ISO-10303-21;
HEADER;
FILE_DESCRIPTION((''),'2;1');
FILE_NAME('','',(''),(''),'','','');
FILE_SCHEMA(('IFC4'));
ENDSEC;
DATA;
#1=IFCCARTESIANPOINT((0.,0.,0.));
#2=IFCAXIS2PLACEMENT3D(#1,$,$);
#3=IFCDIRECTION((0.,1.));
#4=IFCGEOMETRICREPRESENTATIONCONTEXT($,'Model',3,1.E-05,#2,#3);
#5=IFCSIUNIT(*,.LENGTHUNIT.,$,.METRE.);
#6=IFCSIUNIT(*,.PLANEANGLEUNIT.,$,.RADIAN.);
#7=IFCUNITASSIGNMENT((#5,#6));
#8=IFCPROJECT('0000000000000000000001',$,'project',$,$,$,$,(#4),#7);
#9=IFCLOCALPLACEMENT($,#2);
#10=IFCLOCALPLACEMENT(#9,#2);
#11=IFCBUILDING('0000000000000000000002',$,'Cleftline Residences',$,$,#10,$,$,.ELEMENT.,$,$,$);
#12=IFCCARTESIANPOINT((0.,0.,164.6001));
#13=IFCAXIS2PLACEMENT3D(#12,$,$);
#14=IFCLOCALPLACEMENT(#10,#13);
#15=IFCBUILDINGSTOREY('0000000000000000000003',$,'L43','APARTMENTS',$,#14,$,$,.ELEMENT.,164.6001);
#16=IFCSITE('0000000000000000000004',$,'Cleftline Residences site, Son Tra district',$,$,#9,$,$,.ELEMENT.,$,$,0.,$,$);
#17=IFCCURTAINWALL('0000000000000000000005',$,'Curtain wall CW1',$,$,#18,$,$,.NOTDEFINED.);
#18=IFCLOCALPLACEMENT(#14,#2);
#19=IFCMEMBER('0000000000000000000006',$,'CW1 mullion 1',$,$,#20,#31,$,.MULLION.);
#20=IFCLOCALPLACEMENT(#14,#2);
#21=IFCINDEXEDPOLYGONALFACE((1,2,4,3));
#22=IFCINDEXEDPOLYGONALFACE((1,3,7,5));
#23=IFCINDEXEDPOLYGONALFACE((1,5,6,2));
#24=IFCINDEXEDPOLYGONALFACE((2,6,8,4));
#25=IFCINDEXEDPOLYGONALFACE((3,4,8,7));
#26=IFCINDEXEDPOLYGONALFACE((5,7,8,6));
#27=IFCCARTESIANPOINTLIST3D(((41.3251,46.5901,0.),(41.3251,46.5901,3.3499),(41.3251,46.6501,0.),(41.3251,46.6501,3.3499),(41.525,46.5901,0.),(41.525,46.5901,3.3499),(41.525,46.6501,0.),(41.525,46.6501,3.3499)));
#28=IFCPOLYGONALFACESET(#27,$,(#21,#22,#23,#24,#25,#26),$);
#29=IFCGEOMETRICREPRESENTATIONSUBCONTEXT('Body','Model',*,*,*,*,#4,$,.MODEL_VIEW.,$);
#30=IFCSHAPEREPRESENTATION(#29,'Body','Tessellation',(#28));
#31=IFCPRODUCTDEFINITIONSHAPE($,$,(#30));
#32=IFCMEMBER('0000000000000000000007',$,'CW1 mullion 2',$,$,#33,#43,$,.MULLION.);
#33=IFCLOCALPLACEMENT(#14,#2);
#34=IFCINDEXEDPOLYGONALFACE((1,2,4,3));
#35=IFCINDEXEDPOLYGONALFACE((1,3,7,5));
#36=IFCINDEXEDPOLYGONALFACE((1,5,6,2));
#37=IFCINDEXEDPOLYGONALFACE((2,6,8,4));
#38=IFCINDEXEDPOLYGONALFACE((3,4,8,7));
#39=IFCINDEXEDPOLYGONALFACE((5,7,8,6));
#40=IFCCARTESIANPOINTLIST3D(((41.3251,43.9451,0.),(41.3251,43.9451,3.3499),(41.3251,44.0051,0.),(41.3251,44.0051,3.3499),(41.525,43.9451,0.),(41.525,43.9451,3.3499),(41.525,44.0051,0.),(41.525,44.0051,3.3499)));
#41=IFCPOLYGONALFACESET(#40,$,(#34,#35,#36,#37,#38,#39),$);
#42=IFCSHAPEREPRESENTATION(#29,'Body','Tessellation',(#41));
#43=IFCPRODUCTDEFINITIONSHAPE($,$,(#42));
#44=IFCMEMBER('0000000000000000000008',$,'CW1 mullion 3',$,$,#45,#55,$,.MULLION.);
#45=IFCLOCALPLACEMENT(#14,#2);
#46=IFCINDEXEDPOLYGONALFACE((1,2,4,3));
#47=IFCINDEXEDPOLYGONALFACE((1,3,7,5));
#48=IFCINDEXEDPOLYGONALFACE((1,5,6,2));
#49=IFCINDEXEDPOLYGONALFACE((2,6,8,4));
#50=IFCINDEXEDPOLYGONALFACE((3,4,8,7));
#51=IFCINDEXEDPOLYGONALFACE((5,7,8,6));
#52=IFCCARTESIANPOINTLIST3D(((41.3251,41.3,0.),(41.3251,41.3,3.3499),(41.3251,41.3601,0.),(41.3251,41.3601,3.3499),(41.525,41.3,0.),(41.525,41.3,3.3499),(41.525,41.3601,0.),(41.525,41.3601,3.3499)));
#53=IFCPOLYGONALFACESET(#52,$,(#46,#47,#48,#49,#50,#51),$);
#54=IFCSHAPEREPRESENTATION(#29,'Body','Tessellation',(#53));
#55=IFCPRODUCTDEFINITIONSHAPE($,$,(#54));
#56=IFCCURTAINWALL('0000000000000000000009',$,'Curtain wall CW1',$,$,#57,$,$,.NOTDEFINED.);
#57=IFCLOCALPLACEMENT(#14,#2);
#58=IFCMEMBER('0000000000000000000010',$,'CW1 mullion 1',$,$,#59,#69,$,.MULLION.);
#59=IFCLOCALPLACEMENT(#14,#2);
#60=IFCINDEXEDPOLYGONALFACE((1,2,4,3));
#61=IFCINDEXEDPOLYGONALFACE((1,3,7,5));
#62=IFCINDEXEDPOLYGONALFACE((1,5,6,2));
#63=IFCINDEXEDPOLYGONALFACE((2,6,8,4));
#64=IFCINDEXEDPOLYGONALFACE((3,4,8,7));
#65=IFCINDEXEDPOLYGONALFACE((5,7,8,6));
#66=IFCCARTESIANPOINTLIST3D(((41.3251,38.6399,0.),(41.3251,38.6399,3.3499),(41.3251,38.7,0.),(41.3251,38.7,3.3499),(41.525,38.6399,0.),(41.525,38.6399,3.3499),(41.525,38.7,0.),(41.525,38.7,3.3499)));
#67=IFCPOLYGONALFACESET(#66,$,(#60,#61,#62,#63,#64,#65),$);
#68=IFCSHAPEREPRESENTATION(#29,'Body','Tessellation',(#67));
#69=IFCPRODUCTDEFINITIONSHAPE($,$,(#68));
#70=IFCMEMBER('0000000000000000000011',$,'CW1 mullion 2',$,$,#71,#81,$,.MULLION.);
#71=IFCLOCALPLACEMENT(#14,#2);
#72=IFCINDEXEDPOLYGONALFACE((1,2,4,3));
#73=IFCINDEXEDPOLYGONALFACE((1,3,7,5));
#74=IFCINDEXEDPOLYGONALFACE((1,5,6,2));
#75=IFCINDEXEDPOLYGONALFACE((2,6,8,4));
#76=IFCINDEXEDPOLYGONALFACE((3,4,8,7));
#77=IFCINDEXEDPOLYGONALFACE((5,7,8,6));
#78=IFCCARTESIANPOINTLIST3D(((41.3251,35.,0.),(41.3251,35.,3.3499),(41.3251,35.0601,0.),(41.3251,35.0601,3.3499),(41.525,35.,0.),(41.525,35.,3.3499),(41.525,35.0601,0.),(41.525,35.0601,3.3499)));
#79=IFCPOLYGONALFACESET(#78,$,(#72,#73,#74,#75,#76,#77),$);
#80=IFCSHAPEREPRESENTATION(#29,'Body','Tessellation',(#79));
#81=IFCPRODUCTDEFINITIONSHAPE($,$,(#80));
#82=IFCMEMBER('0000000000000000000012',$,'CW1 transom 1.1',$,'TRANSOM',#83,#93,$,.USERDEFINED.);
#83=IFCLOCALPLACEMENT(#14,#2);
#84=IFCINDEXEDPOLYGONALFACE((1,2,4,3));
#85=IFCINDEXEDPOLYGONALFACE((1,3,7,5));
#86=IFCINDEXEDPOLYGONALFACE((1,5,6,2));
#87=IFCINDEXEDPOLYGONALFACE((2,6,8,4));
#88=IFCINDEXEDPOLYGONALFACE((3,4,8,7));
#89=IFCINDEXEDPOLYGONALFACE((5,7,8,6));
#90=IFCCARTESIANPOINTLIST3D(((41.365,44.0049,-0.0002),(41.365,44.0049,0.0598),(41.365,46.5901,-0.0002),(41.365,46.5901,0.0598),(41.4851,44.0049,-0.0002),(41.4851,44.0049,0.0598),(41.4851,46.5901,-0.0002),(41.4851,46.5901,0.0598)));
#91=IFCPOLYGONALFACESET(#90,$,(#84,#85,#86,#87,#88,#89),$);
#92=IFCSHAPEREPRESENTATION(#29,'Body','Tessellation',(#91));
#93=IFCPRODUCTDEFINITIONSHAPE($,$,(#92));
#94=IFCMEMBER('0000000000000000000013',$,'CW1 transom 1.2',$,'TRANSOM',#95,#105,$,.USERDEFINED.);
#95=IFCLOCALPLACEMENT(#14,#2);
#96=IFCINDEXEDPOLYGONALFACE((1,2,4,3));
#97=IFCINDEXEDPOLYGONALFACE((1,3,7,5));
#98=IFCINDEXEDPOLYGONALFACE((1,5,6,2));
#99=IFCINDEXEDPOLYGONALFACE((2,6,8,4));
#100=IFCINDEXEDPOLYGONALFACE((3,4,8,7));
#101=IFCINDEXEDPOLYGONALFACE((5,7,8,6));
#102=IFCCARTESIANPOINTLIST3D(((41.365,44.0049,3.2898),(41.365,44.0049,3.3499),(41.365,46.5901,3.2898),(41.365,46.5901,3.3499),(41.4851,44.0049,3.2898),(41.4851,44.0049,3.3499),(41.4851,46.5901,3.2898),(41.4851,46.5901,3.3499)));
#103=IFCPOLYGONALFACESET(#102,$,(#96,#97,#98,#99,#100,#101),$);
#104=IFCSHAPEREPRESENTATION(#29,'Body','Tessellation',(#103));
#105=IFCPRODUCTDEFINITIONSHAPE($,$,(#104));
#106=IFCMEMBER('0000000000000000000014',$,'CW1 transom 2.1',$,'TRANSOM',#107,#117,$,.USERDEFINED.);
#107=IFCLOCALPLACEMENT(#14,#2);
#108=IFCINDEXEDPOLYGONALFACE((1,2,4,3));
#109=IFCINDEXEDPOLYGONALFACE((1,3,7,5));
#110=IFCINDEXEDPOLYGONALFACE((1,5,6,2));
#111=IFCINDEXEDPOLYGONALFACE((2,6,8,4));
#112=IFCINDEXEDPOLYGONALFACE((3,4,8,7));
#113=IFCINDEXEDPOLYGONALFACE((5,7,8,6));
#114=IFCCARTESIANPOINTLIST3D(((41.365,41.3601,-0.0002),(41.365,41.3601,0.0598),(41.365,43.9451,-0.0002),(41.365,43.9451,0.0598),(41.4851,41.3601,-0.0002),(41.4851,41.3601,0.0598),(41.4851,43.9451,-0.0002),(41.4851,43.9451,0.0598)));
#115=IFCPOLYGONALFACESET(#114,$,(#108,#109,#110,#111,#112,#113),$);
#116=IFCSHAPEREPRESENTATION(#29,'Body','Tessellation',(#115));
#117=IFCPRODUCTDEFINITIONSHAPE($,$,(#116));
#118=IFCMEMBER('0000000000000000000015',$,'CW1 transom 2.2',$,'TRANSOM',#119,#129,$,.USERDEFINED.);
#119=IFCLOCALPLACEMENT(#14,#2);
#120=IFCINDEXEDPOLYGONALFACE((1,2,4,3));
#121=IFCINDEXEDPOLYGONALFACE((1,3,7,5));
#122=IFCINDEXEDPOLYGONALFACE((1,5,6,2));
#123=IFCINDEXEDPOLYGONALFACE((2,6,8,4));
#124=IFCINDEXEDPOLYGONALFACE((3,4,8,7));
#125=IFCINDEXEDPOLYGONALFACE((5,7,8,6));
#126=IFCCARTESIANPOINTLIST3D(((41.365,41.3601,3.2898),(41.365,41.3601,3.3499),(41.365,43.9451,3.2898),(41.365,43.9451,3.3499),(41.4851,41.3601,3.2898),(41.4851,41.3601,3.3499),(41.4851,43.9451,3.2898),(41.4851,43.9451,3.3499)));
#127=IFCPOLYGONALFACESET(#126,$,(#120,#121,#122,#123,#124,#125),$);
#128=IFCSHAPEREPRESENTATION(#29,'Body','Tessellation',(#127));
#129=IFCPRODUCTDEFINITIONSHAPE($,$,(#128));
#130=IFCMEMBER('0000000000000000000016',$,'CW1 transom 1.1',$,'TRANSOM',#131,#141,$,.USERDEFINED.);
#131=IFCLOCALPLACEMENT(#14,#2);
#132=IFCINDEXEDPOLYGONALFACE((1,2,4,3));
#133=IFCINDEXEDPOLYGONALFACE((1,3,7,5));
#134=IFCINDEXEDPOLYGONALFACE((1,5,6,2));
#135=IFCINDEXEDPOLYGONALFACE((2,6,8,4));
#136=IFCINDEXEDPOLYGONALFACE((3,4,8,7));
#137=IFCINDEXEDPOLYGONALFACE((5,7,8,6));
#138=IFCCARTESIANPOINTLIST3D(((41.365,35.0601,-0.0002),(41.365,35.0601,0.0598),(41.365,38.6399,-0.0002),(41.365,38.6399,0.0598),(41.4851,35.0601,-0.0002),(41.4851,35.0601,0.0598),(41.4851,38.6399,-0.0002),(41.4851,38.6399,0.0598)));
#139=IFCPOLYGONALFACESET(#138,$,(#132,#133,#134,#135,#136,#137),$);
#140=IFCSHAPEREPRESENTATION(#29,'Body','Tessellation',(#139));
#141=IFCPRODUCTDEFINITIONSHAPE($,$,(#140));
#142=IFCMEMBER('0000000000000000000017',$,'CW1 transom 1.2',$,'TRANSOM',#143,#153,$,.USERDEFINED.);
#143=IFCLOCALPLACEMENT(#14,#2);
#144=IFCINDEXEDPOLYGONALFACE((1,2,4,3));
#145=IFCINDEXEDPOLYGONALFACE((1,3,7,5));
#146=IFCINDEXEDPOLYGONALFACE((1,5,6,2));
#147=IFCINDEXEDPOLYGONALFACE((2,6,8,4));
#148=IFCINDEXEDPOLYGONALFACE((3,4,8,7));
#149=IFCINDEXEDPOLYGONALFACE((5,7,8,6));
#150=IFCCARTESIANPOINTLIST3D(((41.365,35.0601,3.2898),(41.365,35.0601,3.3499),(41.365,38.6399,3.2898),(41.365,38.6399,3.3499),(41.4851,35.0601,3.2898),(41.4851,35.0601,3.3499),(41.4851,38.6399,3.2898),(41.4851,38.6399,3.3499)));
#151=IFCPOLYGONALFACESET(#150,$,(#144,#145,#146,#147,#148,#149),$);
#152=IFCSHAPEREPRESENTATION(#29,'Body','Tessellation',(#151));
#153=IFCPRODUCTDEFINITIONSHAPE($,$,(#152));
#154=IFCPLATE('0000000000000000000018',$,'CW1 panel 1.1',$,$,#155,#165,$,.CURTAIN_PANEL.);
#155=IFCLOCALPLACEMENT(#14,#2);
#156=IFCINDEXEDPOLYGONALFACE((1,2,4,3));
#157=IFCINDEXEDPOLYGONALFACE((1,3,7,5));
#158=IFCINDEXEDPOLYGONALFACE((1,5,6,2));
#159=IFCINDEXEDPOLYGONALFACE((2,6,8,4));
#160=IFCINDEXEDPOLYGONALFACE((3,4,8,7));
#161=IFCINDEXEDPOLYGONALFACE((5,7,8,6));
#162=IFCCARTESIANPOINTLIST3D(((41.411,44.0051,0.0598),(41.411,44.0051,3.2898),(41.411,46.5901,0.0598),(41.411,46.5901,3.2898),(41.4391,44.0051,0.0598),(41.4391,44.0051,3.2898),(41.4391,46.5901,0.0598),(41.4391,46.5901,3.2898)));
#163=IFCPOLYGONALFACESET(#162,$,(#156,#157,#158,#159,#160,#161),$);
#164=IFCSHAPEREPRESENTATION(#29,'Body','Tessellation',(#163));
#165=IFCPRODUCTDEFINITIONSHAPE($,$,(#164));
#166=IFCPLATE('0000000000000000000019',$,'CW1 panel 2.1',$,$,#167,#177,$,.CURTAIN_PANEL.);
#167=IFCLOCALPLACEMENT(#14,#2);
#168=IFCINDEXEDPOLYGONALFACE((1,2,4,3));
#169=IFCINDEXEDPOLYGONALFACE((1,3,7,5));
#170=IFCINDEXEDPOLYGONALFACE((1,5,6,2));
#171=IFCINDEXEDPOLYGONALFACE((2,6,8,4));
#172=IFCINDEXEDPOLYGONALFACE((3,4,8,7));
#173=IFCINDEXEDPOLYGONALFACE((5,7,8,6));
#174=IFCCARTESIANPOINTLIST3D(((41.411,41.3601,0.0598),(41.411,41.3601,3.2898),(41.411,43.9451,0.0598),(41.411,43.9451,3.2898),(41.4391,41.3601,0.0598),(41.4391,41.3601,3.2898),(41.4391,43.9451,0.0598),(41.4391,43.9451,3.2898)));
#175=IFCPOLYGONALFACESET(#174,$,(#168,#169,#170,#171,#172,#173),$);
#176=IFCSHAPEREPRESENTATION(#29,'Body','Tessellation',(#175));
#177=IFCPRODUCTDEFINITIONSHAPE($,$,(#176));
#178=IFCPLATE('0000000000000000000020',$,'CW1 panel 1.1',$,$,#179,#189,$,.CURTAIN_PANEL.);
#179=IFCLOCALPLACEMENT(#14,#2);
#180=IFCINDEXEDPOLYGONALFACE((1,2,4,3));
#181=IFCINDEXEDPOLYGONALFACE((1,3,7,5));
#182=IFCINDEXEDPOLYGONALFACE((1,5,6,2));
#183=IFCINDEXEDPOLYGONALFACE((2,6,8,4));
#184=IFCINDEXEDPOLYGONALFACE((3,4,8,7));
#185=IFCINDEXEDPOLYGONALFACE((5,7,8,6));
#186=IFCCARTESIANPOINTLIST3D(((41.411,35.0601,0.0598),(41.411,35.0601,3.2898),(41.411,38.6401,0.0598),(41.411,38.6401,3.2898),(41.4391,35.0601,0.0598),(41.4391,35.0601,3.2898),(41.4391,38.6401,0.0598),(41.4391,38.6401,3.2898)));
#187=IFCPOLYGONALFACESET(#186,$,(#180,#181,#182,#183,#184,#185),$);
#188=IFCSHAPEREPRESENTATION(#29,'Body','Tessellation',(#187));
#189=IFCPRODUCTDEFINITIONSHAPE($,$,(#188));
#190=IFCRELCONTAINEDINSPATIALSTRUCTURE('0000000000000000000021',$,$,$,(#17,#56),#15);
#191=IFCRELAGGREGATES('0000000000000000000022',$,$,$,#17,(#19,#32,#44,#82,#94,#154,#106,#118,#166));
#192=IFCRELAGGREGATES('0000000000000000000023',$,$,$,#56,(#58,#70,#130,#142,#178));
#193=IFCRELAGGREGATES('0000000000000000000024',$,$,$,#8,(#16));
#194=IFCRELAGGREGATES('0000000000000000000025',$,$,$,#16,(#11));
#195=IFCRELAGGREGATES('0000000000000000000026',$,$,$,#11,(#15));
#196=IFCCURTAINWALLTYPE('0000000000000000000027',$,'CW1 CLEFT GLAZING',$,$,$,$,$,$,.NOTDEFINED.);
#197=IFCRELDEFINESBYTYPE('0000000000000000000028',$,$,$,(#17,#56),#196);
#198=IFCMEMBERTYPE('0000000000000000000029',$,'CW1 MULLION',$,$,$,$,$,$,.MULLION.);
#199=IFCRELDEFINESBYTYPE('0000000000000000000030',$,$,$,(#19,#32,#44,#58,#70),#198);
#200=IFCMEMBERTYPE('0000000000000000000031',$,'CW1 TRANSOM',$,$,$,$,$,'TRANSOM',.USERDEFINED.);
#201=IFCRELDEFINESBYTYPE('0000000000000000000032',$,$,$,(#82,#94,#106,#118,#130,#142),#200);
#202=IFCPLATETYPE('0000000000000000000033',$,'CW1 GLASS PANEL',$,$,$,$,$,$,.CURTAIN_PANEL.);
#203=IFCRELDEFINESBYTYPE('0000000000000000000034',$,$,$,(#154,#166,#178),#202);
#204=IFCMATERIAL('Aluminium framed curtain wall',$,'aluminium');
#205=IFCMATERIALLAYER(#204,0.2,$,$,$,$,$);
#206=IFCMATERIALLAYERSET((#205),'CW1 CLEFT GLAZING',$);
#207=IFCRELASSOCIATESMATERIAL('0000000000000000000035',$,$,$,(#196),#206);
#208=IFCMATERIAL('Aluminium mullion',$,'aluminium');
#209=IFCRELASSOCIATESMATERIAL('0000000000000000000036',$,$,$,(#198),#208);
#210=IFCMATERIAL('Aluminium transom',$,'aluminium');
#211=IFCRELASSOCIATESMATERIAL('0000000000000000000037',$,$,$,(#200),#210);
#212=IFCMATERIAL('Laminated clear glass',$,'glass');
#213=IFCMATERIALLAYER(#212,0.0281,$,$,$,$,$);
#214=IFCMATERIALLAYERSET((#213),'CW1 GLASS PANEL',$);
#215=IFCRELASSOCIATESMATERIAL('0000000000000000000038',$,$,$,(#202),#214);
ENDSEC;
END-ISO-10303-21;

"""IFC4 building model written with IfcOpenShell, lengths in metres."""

from ifc_helpers import new_model, si_unit, direction, frame, origin, origin_2d, place, context, subcontext, project, spatial, rectangle, extrude, material, layer, layer_set, material_profile, profile_set, type_object, element, aggregate, save


model = new_model("IFC4")

# Units and contexts
model_context = context("Model", 3, precision=1e-05, world=origin(), true_north=direction((0.0, 1.0)))
body_context = subcontext(model_context, "Body", "Model", "MODEL_VIEW")
ifc_project = project(units=[si_unit("LENGTHUNIT", "METRE"), si_unit("PLANEANGLEUNIT", "RADIAN")], contexts=[model_context])

# Site, building, storey
site_placement = place(None, origin())
site = spatial("IfcSite", under=ifc_project, at=site_placement, Name="Cleftline Residences site, Son Tra district", CompositionType="ELEMENT", RefElevation=0.0)
building_placement = place(site_placement, origin())
building = spatial("IfcBuilding", under=site, at=building_placement, Name="Cleftline Residences", CompositionType="ELEMENT")
storey_placement = place(building_placement, frame((0.0, 0.0, 164.6001)))
storey = spatial("IfcBuildingStorey", under=building, at=storey_placement, Name="L43", Description="APARTMENTS", CompositionType="ELEMENT", Elevation=164.6001)

# Curtain walls, members
ifc_material_1 = material(Name="Aluminium framed curtain wall", Category="aluminium")
ifc_layer_1 = layer(ifc_material_1, 0.2)
ifc_layer_set_1 = layer_set([ifc_layer_1], Name="CW1 CLEFT GLAZING")
curtain_wall_type = type_object("IfcCurtainWallType", Name="CW1 CLEFT GLAZING", PredefinedType="NOTDEFINED", material=ifc_layer_set_1)
curtain_wall_1_placement = place(storey_placement, origin())
curtain_wall_1 = element("IfcCurtainWall", 1, at=curtain_wall_1_placement, inside=storey, type_object=curtain_wall_type, Name="Curtain wall CW1", PredefinedType="NOTDEFINED")
ifc_material_2 = material(Name="Aluminium mullion", Category="aluminium")
ifc_material_profile_1 = material_profile(ifc_material_2, rectangle(XDim=0.2, YDim=0.0601, at=origin_2d()))
ifc_profile_set_1 = profile_set([ifc_material_profile_1], Name="Aluminium mullion")
member_type_1 = type_object("IfcMemberType", Name="CW1 MULLION", PredefinedType="MULLION", material=ifc_profile_set_1)
member_1_placement = place(storey_placement, frame((41.425, 46.6201, 0.0), z_axis=(0.0, 0.0, 1.0), x_axis=(1.0, 0.0, 0.0)))
member_1 = element("IfcMember", 2, at=member_1_placement, type_object=member_type_1, Name="CW1 mullion 1", PredefinedType="MULLION", context=body_context, shape_type="SweptSolid", body=[
    extrude(rectangle(XDim=0.2, YDim=0.0601, at=origin_2d()), origin(), (0.0, 0.0, 1.0), 3.3499),
])
member_2_placement = place(storey_placement, frame((41.425, 43.9751, 0.0), z_axis=(0.0, 0.0, 1.0), x_axis=(1.0, 0.0, 0.0)))
member_2 = element("IfcMember", 3, at=member_2_placement, type_object=member_type_1, Name="CW1 mullion 2", PredefinedType="MULLION", context=body_context, shape_type="SweptSolid", body=[
    extrude(rectangle(XDim=0.2, YDim=0.0601, at=origin_2d()), origin(), (0.0, 0.0, 1.0), 3.3499),
])
member_3_placement = place(storey_placement, frame((41.425, 41.3301, 0.0), z_axis=(0.0, 0.0, 1.0), x_axis=(1.0, 0.0, 0.0)))
member_3 = element("IfcMember", 4, at=member_3_placement, type_object=member_type_1, Name="CW1 mullion 3", PredefinedType="MULLION", context=body_context, shape_type="SweptSolid", body=[
    extrude(rectangle(XDim=0.2, YDim=0.0601, at=origin_2d()), origin(), (0.0, 0.0, 1.0), 3.3499),
])
curtain_wall_2_placement = place(storey_placement, origin())
curtain_wall_2 = element("IfcCurtainWall", 5, at=curtain_wall_2_placement, inside=storey, type_object=curtain_wall_type, Name="Curtain wall CW1", PredefinedType="NOTDEFINED")
member_4_placement = place(storey_placement, frame((41.425, 38.6699, 0.0), z_axis=(0.0, 0.0, 1.0), x_axis=(1.0, 0.0, 0.0)))
member_4 = element("IfcMember", 6, at=member_4_placement, type_object=member_type_1, Name="CW1 mullion 1", PredefinedType="MULLION", context=body_context, shape_type="SweptSolid", body=[
    extrude(rectangle(XDim=0.2, YDim=0.0601, at=origin_2d()), origin(), (0.0, 0.0, 1.0), 3.3499),
])
member_5_placement = place(storey_placement, frame((41.425, 35.03, 0.0), z_axis=(0.0, 0.0, 1.0), x_axis=(1.0, 0.0, 0.0)))
member_5 = element("IfcMember", 7, at=member_5_placement, type_object=member_type_1, Name="CW1 mullion 2", PredefinedType="MULLION", context=body_context, shape_type="SweptSolid", body=[
    extrude(rectangle(XDim=0.2, YDim=0.0601, at=origin_2d()), origin(), (0.0, 0.0, 1.0), 3.3499),
])

# Members
ifc_material_3 = material(Name="Aluminium transom", Category="aluminium")
ifc_material_profile_2 = material_profile(ifc_material_3, rectangle(XDim=0.1201, YDim=0.0601, at=origin_2d()))
ifc_profile_set_2 = profile_set([ifc_material_profile_2], Name="Aluminium transom")
member_type_2 = type_object("IfcMemberType", Name="CW1 TRANSOM", ElementType="TRANSOM", PredefinedType="USERDEFINED", material=ifc_profile_set_2)
member_6_placement = place(storey_placement, frame((41.425, 46.5901, 0.0298), z_axis=(0.0, -1.0, 0.0), x_axis=(1.0, 0.0, 0.0)))
member_6 = element("IfcMember", 8, at=member_6_placement, type_object=member_type_2, Name="CW1 transom 1.1", ObjectType="TRANSOM", PredefinedType="USERDEFINED", context=body_context, shape_type="SweptSolid", body=[
    extrude(rectangle(XDim=0.1201, YDim=0.0601, at=origin_2d()), origin(), (0.0, 0.0, 1.0), 2.5852),
])
member_7_placement = place(storey_placement, frame((41.425, 46.5901, 3.3198), z_axis=(0.0, -1.0, 0.0), x_axis=(1.0, 0.0, 0.0)))
member_7 = element("IfcMember", 9, at=member_7_placement, type_object=member_type_2, Name="CW1 transom 1.2", ObjectType="TRANSOM", PredefinedType="USERDEFINED", context=body_context, shape_type="SweptSolid", body=[
    extrude(rectangle(XDim=0.1201, YDim=0.0601, at=origin_2d()), origin(), (0.0, 0.0, 1.0), 2.5852),
])
member_8_placement = place(storey_placement, frame((41.425, 43.9451, 0.0298), z_axis=(0.0, -1.0, 0.0), x_axis=(1.0, 0.0, 0.0)))
member_8 = element("IfcMember", 10, at=member_8_placement, type_object=member_type_2, Name="CW1 transom 2.1", ObjectType="TRANSOM", PredefinedType="USERDEFINED", context=body_context, shape_type="SweptSolid", body=[
    extrude(rectangle(XDim=0.1201, YDim=0.0601, at=origin_2d()), origin(), (0.0, 0.0, 1.0), 2.585),
])
member_9_placement = place(storey_placement, frame((41.425, 43.9451, 3.3198), z_axis=(0.0, -1.0, 0.0), x_axis=(1.0, 0.0, 0.0)))
member_9 = element("IfcMember", 11, at=member_9_placement, type_object=member_type_2, Name="CW1 transom 2.2", ObjectType="TRANSOM", PredefinedType="USERDEFINED", context=body_context, shape_type="SweptSolid", body=[
    extrude(rectangle(XDim=0.1201, YDim=0.0601, at=origin_2d()), origin(), (0.0, 0.0, 1.0), 2.585),
])
member_10_placement = place(storey_placement, frame((41.425, 38.6399, 0.0298), z_axis=(0.0, -1.0, 0.0), x_axis=(1.0, 0.0, 0.0)))
member_10 = element("IfcMember", 12, at=member_10_placement, type_object=member_type_2, Name="CW1 transom 1.1", ObjectType="TRANSOM", PredefinedType="USERDEFINED", context=body_context, shape_type="SweptSolid", body=[
    extrude(rectangle(XDim=0.1201, YDim=0.0601, at=origin_2d()), origin(), (0.0, 0.0, 1.0), 3.5798),
])
member_11_placement = place(storey_placement, frame((41.425, 38.6399, 3.3198), z_axis=(0.0, -1.0, 0.0), x_axis=(1.0, 0.0, 0.0)))
member_11 = element("IfcMember", 13, at=member_11_placement, type_object=member_type_2, Name="CW1 transom 1.2", ObjectType="TRANSOM", PredefinedType="USERDEFINED", context=body_context, shape_type="SweptSolid", body=[
    extrude(rectangle(XDim=0.1201, YDim=0.0601, at=origin_2d()), origin(), (0.0, 0.0, 1.0), 3.5798),
])

# Plates
ifc_material_4 = material(Name="Laminated clear glass", Category="glass")
ifc_layer_2 = layer(ifc_material_4, 0.0281)
ifc_layer_set_2 = layer_set([ifc_layer_2], Name="CW1 GLASS PANEL")
plate_type = type_object("IfcPlateType", Name="CW1 GLASS PANEL", PredefinedType="CURTAIN_PANEL", material=ifc_layer_set_2)
plate_1_placement = place(storey_placement, frame((41.425, 45.2976, 0.0598), z_axis=(0.0, 0.0, 1.0), x_axis=(0.0, -1.0, 0.0)))
plate_1 = element("IfcPlate", 14, at=plate_1_placement, type_object=plate_type, Name="CW1 panel 1.1", PredefinedType="CURTAIN_PANEL", context=body_context, shape_type="SweptSolid", body=[
    extrude(rectangle(XDim=2.585, YDim=0.0281, at=origin_2d()), origin(), (0.0, 0.0, 1.0), 3.23),
])
plate_2_placement = place(storey_placement, frame((41.425, 42.6526, 0.0598), z_axis=(0.0, 0.0, 1.0), x_axis=(0.0, -1.0, 0.0)))
plate_2 = element("IfcPlate", 15, at=plate_2_placement, type_object=plate_type, Name="CW1 panel 2.1", PredefinedType="CURTAIN_PANEL", context=body_context, shape_type="SweptSolid", body=[
    extrude(rectangle(XDim=2.585, YDim=0.0281, at=origin_2d()), origin(), (0.0, 0.0, 1.0), 3.23),
])
aggregate(curtain_wall_1, [member_1, member_2, member_3, member_6, member_7, plate_1, member_8, member_9, plate_2])
plate_3_placement = place(storey_placement, frame((41.425, 36.8501, 0.0598), z_axis=(0.0, 0.0, 1.0), x_axis=(0.0, -1.0, 0.0)))
plate_3 = element("IfcPlate", 16, at=plate_3_placement, type_object=plate_type, Name="CW1 panel 1.1", PredefinedType="CURTAIN_PANEL", context=body_context, shape_type="SweptSolid", body=[
    extrude(rectangle(XDim=3.5801, YDim=0.0281, at=origin_2d()), origin(), (0.0, 0.0, 1.0), 3.23),
])
aggregate(curtain_wall_2, [member_4, member_5, member_10, member_11, plate_3])

save(model, "model.ifc")
